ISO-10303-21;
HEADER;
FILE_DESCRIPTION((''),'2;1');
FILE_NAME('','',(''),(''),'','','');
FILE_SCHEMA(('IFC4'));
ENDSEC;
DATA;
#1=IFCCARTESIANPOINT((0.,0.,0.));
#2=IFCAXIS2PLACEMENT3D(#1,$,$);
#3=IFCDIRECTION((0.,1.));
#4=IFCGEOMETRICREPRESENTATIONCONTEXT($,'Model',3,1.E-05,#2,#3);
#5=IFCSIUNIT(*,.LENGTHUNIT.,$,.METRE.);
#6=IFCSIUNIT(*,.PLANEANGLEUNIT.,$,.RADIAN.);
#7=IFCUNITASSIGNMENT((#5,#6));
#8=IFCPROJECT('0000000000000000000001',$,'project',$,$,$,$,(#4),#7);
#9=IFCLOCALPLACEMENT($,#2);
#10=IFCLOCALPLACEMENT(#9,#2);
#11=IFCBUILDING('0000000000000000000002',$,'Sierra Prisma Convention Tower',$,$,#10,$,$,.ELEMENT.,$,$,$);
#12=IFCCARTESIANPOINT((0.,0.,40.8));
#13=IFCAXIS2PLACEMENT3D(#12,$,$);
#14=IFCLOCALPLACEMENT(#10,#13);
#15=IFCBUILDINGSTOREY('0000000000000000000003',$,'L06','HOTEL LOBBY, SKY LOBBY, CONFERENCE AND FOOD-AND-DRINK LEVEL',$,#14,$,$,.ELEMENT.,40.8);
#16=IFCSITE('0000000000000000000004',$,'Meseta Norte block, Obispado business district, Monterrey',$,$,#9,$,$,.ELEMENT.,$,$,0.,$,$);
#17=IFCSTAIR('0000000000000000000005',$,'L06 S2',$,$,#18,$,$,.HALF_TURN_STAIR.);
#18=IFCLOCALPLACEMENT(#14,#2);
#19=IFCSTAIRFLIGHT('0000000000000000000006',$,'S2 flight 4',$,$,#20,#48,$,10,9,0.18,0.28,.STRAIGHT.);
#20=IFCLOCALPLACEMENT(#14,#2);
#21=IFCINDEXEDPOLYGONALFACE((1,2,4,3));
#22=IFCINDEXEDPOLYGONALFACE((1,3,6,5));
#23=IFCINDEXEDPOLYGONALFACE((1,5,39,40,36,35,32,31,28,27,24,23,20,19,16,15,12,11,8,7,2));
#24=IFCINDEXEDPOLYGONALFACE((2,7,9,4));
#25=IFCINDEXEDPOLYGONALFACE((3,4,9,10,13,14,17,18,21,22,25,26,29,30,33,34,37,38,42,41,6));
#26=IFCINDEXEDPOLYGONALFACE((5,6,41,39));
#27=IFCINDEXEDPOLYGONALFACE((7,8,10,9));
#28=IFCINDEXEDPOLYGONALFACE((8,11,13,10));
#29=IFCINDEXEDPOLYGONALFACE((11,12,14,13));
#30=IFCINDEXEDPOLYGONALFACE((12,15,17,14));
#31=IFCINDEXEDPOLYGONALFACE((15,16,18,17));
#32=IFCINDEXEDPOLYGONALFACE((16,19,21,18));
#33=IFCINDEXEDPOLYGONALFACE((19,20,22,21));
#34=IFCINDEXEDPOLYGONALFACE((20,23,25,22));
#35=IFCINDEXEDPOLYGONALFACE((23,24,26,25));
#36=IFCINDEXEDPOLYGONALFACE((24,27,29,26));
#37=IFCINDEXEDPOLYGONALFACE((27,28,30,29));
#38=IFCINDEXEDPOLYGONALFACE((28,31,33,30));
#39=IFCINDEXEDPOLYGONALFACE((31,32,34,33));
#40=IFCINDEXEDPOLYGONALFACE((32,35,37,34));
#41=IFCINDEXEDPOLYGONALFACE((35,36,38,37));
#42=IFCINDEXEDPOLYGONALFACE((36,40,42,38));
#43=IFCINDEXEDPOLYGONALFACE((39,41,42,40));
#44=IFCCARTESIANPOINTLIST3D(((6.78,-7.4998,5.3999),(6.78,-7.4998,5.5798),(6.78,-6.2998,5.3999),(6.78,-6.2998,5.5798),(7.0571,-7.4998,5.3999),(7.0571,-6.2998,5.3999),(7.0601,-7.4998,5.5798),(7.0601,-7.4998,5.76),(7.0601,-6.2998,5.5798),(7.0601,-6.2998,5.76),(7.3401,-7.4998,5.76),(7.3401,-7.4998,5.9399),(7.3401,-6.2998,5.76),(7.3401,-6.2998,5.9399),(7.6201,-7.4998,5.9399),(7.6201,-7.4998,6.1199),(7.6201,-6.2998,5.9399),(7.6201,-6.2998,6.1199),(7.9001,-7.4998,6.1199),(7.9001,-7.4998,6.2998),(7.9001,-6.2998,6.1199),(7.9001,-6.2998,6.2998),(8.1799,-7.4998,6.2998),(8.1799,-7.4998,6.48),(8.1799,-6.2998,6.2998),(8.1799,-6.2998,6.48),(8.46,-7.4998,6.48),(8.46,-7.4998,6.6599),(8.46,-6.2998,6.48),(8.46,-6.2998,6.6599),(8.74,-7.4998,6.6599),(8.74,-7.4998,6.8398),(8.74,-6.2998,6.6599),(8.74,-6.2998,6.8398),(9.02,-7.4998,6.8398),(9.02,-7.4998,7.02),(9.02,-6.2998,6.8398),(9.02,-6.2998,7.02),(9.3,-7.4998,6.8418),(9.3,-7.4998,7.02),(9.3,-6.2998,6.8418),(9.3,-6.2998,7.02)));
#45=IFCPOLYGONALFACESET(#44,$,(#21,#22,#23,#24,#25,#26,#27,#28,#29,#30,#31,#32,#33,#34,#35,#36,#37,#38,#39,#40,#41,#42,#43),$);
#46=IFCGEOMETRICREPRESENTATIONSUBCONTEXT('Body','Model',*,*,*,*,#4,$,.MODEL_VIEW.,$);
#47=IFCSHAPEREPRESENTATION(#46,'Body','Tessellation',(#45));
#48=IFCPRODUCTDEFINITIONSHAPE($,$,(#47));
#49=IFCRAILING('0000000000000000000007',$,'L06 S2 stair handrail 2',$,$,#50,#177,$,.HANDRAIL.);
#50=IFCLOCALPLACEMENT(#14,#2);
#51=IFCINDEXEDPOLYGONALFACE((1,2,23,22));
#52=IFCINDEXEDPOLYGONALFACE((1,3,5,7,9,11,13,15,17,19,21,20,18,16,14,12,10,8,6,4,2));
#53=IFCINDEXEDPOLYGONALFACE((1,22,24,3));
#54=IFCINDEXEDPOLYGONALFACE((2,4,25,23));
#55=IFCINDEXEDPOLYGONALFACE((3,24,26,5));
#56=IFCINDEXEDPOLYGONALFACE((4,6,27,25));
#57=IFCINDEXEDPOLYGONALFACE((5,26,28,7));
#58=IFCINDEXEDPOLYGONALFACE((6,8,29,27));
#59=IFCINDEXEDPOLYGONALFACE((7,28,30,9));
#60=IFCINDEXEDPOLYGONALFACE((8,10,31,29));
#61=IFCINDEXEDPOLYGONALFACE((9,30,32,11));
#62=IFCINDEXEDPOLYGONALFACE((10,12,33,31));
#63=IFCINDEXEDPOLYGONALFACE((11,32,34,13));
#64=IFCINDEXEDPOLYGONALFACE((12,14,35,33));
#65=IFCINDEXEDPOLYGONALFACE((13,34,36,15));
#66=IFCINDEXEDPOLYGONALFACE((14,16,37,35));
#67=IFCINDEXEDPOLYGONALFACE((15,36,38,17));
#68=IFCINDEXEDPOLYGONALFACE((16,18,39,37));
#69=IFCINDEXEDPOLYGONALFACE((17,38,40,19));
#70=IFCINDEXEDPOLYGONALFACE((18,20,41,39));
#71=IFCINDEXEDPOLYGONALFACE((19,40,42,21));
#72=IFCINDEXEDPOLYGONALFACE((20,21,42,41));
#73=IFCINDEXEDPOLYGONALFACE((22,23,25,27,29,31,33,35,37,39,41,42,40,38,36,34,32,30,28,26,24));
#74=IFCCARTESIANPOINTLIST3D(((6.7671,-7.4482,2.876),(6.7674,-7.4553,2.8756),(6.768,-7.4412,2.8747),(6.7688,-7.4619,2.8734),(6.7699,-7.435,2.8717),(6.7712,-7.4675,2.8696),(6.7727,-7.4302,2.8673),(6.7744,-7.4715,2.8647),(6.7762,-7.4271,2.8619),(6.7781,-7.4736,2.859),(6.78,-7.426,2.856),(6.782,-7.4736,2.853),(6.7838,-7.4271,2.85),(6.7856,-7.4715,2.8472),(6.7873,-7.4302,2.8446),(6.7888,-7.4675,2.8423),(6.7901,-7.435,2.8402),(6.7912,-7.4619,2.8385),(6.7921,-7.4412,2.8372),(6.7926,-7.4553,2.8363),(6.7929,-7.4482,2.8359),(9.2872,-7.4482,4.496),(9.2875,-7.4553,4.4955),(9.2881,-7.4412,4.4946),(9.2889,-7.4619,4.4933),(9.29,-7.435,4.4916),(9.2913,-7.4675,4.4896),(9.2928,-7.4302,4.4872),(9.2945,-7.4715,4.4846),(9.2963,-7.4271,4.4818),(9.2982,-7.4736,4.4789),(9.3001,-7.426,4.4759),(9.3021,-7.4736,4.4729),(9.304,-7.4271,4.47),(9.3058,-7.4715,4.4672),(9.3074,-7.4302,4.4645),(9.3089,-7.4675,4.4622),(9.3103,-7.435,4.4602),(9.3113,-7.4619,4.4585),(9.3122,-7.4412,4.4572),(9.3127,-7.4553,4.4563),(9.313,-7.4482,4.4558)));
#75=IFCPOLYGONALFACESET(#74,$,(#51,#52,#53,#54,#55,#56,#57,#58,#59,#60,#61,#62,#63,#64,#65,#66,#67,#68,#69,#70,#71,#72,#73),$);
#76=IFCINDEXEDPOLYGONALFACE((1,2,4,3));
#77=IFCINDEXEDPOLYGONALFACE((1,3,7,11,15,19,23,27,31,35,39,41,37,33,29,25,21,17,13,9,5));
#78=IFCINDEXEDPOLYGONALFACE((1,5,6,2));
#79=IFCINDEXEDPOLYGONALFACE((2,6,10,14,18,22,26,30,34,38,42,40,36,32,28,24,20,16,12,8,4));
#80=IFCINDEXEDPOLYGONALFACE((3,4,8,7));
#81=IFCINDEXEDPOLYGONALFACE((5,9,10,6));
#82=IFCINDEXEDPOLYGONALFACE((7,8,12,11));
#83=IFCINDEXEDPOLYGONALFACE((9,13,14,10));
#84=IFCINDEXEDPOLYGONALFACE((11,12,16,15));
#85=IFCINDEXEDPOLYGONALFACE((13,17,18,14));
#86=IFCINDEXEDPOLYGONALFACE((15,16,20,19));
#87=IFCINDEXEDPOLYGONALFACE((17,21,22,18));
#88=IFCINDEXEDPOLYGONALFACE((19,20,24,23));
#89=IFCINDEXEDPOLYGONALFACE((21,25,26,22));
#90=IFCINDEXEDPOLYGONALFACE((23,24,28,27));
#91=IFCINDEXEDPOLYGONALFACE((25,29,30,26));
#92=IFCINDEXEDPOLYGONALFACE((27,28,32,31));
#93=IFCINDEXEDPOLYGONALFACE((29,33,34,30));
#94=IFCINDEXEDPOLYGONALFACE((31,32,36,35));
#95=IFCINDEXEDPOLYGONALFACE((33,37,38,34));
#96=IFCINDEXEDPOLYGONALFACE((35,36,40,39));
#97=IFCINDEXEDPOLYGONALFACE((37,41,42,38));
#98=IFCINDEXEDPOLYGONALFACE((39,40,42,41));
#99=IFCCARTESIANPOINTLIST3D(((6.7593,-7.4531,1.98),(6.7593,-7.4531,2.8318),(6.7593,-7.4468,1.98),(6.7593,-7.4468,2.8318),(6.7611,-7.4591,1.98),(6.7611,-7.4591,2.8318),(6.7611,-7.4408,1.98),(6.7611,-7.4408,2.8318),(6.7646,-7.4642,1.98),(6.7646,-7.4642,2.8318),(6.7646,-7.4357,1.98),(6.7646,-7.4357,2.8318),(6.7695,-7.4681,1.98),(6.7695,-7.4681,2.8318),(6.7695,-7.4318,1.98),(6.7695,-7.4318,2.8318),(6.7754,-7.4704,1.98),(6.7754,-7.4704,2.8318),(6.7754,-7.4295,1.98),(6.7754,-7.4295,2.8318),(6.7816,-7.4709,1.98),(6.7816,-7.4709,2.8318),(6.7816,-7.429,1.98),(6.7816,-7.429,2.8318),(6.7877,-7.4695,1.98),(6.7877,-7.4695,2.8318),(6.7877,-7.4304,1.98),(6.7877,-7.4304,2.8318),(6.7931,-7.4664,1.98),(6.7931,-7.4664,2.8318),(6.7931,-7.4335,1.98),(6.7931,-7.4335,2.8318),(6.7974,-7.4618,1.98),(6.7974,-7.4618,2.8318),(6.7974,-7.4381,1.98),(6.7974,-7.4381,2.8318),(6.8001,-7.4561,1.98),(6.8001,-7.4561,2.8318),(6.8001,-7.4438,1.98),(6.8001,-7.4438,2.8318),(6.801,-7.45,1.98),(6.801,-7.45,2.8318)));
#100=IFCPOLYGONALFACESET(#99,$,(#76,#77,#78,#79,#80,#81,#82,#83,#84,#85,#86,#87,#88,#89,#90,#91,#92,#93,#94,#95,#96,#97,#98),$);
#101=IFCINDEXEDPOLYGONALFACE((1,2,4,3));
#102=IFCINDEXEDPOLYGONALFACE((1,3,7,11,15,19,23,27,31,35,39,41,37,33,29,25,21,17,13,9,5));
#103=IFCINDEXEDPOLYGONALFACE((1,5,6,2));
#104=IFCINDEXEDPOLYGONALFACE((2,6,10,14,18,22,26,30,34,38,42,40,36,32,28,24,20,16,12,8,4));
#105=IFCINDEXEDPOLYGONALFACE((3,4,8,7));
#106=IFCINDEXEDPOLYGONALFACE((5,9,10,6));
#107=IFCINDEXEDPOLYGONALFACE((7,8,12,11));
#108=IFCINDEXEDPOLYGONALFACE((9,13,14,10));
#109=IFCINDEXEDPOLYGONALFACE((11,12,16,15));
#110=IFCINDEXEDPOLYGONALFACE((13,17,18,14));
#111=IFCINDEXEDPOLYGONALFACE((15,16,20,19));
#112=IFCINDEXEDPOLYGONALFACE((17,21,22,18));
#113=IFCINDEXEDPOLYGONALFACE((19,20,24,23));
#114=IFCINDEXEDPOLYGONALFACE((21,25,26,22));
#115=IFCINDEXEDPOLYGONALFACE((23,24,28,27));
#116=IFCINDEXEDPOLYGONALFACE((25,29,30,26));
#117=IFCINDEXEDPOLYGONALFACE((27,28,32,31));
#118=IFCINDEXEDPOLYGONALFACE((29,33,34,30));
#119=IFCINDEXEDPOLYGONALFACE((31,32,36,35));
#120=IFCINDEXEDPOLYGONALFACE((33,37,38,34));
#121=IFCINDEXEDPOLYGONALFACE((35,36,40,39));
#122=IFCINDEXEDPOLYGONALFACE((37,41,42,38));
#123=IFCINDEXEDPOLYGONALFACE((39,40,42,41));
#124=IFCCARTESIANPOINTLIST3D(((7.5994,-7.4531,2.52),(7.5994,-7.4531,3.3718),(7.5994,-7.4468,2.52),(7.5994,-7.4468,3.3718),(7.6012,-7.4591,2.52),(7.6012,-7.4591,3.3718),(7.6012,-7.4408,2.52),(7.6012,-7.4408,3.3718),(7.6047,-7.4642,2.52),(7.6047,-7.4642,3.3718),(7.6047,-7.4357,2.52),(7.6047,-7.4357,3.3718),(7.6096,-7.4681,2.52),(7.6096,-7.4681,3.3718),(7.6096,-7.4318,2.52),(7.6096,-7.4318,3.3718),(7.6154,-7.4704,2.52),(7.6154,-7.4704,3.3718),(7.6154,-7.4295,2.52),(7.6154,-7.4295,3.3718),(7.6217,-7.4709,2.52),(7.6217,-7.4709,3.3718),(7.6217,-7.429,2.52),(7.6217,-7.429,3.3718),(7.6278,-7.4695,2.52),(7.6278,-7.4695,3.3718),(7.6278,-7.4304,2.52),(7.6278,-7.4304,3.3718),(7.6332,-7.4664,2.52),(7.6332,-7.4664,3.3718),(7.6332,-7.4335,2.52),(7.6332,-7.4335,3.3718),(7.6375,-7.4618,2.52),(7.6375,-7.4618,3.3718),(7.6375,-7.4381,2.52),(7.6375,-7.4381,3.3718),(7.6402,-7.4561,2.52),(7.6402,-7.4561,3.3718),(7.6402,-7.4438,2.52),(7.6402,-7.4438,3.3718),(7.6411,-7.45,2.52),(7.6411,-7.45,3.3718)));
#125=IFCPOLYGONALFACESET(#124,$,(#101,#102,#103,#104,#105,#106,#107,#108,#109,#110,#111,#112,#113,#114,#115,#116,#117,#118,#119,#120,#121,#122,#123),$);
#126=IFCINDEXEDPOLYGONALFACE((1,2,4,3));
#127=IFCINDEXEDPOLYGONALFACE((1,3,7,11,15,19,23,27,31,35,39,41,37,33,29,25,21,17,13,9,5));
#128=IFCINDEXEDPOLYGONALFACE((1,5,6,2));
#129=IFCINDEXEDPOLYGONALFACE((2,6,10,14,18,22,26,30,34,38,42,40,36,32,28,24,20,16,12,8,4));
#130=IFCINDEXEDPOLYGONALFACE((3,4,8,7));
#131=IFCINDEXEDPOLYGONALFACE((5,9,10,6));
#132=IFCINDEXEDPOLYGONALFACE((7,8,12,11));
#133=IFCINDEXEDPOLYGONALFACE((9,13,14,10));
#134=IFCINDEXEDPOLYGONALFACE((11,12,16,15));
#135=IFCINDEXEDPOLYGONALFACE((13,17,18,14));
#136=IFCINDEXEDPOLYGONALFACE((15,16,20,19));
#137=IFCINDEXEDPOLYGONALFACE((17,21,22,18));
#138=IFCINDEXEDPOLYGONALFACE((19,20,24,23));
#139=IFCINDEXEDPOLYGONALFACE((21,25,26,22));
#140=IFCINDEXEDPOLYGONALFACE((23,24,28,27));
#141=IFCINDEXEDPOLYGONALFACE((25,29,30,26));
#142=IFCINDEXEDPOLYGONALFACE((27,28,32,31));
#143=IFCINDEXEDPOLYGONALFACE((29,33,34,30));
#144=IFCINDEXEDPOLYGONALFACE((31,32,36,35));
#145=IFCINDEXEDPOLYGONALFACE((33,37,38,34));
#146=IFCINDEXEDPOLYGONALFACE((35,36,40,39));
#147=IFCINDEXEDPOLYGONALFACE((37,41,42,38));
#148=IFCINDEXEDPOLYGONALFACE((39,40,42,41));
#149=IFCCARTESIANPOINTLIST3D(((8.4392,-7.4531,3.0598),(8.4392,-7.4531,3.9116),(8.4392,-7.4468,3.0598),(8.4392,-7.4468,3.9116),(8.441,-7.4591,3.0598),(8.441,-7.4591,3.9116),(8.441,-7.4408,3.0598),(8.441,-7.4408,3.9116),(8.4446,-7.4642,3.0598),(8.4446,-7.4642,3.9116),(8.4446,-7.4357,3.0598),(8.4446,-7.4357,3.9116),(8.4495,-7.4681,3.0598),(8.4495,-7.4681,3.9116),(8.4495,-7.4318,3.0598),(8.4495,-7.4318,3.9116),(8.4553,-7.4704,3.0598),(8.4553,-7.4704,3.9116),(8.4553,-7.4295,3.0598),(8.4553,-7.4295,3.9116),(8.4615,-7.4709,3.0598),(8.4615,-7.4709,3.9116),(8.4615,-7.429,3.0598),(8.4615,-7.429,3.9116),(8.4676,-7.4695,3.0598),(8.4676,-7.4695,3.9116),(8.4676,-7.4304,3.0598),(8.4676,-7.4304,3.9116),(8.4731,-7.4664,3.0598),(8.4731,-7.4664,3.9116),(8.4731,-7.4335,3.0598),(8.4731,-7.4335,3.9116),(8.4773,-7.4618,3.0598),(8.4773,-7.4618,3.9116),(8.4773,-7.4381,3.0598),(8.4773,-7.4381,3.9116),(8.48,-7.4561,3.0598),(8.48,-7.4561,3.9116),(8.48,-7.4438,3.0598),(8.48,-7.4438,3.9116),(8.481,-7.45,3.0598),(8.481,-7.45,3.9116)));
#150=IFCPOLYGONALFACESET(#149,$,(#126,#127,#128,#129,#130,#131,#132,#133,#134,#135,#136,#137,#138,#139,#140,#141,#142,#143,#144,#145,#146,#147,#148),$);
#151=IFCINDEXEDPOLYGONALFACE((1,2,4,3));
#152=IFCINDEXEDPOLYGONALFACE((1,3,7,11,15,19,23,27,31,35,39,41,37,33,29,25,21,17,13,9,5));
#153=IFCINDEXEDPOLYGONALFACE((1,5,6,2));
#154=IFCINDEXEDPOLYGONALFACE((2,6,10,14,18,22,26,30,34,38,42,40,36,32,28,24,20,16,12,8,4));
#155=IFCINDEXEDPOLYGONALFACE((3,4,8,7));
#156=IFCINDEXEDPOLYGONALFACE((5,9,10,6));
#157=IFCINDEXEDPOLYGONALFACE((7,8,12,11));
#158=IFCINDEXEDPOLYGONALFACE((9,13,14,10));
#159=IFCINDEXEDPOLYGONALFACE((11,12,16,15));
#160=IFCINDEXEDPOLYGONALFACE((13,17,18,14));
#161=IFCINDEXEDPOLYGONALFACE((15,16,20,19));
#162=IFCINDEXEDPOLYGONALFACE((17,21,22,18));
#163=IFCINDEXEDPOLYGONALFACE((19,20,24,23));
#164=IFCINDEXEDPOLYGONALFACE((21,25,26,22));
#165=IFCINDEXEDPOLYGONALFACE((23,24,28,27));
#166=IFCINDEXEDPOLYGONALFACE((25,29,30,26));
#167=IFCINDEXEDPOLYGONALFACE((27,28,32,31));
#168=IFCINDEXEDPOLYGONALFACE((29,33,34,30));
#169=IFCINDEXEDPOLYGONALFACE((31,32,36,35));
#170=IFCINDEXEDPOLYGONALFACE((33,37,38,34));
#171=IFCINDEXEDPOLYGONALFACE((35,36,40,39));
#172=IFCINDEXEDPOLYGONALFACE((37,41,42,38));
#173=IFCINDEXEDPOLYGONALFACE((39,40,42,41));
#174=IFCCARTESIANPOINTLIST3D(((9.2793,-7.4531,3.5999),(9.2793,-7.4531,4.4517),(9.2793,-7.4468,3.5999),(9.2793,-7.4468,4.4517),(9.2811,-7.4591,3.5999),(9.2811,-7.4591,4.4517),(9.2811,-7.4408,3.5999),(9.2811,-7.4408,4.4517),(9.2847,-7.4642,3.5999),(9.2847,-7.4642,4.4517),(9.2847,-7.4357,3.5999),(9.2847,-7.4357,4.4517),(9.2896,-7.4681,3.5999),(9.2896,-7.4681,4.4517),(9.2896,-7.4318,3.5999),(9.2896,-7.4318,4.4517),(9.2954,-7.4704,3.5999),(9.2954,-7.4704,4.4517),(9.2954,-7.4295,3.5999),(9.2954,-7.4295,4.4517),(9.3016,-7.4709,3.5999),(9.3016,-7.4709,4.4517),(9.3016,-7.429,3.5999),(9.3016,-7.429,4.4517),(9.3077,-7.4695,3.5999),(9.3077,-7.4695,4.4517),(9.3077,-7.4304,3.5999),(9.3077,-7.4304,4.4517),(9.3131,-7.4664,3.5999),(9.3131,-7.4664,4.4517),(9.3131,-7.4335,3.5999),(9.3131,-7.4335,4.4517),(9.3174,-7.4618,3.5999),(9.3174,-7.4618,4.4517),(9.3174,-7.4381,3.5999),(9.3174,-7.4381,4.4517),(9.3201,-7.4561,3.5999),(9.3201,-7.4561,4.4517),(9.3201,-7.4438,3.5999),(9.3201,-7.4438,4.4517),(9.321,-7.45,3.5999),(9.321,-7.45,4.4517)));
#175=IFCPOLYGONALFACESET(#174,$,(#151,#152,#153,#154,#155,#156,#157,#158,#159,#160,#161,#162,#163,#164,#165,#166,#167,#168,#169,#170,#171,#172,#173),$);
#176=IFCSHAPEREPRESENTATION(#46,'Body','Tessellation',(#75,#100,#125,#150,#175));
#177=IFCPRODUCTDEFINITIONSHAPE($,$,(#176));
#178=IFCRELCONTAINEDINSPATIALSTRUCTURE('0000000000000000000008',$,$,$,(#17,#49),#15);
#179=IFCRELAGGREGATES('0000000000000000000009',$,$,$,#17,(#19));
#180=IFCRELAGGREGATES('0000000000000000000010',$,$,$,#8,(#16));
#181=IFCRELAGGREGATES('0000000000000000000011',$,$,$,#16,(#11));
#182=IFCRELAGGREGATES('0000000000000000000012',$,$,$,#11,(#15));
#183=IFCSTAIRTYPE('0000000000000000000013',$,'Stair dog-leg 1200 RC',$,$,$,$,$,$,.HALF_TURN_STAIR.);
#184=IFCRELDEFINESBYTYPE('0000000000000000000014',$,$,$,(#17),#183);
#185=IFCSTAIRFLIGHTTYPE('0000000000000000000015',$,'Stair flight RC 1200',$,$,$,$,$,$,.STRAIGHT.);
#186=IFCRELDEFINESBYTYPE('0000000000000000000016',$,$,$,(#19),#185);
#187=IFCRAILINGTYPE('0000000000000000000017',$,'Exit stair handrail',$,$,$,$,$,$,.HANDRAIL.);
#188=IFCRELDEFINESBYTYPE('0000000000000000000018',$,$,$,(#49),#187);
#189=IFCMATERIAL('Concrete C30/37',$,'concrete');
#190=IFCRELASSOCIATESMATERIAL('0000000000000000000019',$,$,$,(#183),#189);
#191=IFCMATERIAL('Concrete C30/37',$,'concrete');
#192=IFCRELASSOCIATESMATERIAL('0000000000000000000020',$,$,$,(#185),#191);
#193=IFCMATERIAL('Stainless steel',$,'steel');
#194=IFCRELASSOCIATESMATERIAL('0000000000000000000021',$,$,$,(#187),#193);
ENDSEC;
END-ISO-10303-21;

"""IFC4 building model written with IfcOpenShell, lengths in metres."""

from ifc_helpers import new_model, si_unit, direction, frame, origin, origin_2d, place, context, subcontext, project, spatial, polyline, circle, outline, extrude, material, type_object, element, aggregate, save


model = new_model("IFC4")

# Units and contexts
model_context = context("Model", 3, precision=1e-05, world=origin(), true_north=direction((0.0, 1.0)))
body_context = subcontext(model_context, "Body", "Model", "MODEL_VIEW")
ifc_project = project(units=[si_unit("LENGTHUNIT", "METRE"), si_unit("PLANEANGLEUNIT", "RADIAN")], contexts=[model_context])

# Site, building, storey
site_placement = place(None, origin())
site = spatial("IfcSite", under=ifc_project, at=site_placement, Name="Meseta Norte block, Obispado business district, Monterrey", CompositionType="ELEMENT", RefElevation=0.0)
building_placement = place(site_placement, origin())
building = spatial("IfcBuilding", under=site, at=building_placement, Name="Sierra Prisma Convention Tower", CompositionType="ELEMENT")
storey_placement = place(building_placement, frame((0.0, 0.0, 40.8)))
storey = spatial("IfcBuildingStorey", under=building, at=storey_placement, Name="L06", Description="HOTEL LOBBY, SKY LOBBY, CONFERENCE AND FOOD-AND-DRINK LEVEL", CompositionType="ELEMENT", Elevation=40.8)

# Stair, stair flight
ifc_material_1 = material(Name="Concrete C30/37", Category="concrete")
stair_type = type_object("IfcStairType", Name="Stair dog-leg 1200 RC", PredefinedType="HALF_TURN_STAIR", material=ifc_material_1)
stair_placement = place(storey_placement, origin())
stair = element("IfcStair", 1, at=stair_placement, inside=storey, type_object=stair_type, Name="L06 S2", PredefinedType="HALF_TURN_STAIR")
ifc_material_2 = material(Name="Concrete C30/37", Category="concrete")
stair_flight_type = type_object("IfcStairFlightType", Name="Stair flight RC 1200", PredefinedType="STRAIGHT", material=ifc_material_2)
stair_flight_1_placement = place(storey_placement, frame((6.78, -6.8999, 5.3999), z_axis=(0.0, 0.0, 1.0), x_axis=(1.0, 0.0, 0.0)))
stair_flight_1 = element("IfcStairFlight", 2, at=stair_flight_1_placement, type_object=stair_flight_type, Name="S2 flight 4", NumberOfRisers=10, NumberOfTreads=9, PredefinedType="STRAIGHT", RiserHeight=0.18, TreadLength=0.28, context=body_context, shape_type="SweptSolid", body=[
    extrude(outline(polyline([(0.0, 0.0), (0.0, 0.1799), (0.28, 0.1799), (0.28, 0.3601), (0.5601, 0.3601), (0.5601, 0.54), (0.8401, 0.54), (0.8401, 0.72), (1.1201, 0.72), (1.1201, 0.8999), (1.3999, 0.8999), (1.3999, 1.0801), (1.6799, 1.0801), (1.6799, 1.26), (1.96, 1.26), (1.96, 1.4399), (2.24, 1.4399), (2.24, 1.6201), (2.52, 1.6201), (2.52, 1.8), (2.52, 1.4419), (0.2771, 0.0), (0.0, 0.0)])), frame((0.0, 0.6001, 0.0), z_axis=(0.0, -1.0, 0.0), x_axis=(1.0, 0.0, 0.0)), (0.0, 0.0, 1.0), 1.2),
])
aggregate(stair, [stair_flight_1])

# Railing
ifc_material_3 = material(Name="Stainless steel", Category="steel")
railing_type_1 = type_object("IfcRailingType", Name="Exit stair handrail", PredefinedType="HANDRAIL", material=ifc_material_3)
railing_1_placement = place(storey_placement, frame((6.78, -7.45, 1.98)))
element("IfcRailing", 3, at=railing_1_placement, inside=storey, type_object=railing_type_1, Name="L06 S2 stair handrail 2", PredefinedType="HANDRAIL", context=body_context, shape_type="SweptSolid", body=[
    extrude(circle(Radius=0.0239, at=origin_2d()), frame((0.0, 0.0, 0.876), z_axis=(0.8412, 0.0, 0.540725), x_axis=(0.0, 1.0, 0.0)), (0.0, 0.0, 1.0), 2.9958),
    extrude(circle(Radius=0.021, at=origin_2d()), origin(), (0.0, 0.0, 1.0), 0.8518),
    extrude(circle(Radius=0.021, at=origin_2d()), frame((0.8401, 0.0, 0.54)), (0.0, 0.0, 1.0), 0.8518),
    extrude(circle(Radius=0.021, at=origin_2d()), frame((1.6799, 0.0, 1.0798)), (0.0, 0.0, 1.0), 0.8518),
    extrude(circle(Radius=0.021, at=origin_2d()), frame((2.52, 0.0, 1.6199)), (0.0, 0.0, 1.0), 0.8518),
])

save(model, "model.ifc")
